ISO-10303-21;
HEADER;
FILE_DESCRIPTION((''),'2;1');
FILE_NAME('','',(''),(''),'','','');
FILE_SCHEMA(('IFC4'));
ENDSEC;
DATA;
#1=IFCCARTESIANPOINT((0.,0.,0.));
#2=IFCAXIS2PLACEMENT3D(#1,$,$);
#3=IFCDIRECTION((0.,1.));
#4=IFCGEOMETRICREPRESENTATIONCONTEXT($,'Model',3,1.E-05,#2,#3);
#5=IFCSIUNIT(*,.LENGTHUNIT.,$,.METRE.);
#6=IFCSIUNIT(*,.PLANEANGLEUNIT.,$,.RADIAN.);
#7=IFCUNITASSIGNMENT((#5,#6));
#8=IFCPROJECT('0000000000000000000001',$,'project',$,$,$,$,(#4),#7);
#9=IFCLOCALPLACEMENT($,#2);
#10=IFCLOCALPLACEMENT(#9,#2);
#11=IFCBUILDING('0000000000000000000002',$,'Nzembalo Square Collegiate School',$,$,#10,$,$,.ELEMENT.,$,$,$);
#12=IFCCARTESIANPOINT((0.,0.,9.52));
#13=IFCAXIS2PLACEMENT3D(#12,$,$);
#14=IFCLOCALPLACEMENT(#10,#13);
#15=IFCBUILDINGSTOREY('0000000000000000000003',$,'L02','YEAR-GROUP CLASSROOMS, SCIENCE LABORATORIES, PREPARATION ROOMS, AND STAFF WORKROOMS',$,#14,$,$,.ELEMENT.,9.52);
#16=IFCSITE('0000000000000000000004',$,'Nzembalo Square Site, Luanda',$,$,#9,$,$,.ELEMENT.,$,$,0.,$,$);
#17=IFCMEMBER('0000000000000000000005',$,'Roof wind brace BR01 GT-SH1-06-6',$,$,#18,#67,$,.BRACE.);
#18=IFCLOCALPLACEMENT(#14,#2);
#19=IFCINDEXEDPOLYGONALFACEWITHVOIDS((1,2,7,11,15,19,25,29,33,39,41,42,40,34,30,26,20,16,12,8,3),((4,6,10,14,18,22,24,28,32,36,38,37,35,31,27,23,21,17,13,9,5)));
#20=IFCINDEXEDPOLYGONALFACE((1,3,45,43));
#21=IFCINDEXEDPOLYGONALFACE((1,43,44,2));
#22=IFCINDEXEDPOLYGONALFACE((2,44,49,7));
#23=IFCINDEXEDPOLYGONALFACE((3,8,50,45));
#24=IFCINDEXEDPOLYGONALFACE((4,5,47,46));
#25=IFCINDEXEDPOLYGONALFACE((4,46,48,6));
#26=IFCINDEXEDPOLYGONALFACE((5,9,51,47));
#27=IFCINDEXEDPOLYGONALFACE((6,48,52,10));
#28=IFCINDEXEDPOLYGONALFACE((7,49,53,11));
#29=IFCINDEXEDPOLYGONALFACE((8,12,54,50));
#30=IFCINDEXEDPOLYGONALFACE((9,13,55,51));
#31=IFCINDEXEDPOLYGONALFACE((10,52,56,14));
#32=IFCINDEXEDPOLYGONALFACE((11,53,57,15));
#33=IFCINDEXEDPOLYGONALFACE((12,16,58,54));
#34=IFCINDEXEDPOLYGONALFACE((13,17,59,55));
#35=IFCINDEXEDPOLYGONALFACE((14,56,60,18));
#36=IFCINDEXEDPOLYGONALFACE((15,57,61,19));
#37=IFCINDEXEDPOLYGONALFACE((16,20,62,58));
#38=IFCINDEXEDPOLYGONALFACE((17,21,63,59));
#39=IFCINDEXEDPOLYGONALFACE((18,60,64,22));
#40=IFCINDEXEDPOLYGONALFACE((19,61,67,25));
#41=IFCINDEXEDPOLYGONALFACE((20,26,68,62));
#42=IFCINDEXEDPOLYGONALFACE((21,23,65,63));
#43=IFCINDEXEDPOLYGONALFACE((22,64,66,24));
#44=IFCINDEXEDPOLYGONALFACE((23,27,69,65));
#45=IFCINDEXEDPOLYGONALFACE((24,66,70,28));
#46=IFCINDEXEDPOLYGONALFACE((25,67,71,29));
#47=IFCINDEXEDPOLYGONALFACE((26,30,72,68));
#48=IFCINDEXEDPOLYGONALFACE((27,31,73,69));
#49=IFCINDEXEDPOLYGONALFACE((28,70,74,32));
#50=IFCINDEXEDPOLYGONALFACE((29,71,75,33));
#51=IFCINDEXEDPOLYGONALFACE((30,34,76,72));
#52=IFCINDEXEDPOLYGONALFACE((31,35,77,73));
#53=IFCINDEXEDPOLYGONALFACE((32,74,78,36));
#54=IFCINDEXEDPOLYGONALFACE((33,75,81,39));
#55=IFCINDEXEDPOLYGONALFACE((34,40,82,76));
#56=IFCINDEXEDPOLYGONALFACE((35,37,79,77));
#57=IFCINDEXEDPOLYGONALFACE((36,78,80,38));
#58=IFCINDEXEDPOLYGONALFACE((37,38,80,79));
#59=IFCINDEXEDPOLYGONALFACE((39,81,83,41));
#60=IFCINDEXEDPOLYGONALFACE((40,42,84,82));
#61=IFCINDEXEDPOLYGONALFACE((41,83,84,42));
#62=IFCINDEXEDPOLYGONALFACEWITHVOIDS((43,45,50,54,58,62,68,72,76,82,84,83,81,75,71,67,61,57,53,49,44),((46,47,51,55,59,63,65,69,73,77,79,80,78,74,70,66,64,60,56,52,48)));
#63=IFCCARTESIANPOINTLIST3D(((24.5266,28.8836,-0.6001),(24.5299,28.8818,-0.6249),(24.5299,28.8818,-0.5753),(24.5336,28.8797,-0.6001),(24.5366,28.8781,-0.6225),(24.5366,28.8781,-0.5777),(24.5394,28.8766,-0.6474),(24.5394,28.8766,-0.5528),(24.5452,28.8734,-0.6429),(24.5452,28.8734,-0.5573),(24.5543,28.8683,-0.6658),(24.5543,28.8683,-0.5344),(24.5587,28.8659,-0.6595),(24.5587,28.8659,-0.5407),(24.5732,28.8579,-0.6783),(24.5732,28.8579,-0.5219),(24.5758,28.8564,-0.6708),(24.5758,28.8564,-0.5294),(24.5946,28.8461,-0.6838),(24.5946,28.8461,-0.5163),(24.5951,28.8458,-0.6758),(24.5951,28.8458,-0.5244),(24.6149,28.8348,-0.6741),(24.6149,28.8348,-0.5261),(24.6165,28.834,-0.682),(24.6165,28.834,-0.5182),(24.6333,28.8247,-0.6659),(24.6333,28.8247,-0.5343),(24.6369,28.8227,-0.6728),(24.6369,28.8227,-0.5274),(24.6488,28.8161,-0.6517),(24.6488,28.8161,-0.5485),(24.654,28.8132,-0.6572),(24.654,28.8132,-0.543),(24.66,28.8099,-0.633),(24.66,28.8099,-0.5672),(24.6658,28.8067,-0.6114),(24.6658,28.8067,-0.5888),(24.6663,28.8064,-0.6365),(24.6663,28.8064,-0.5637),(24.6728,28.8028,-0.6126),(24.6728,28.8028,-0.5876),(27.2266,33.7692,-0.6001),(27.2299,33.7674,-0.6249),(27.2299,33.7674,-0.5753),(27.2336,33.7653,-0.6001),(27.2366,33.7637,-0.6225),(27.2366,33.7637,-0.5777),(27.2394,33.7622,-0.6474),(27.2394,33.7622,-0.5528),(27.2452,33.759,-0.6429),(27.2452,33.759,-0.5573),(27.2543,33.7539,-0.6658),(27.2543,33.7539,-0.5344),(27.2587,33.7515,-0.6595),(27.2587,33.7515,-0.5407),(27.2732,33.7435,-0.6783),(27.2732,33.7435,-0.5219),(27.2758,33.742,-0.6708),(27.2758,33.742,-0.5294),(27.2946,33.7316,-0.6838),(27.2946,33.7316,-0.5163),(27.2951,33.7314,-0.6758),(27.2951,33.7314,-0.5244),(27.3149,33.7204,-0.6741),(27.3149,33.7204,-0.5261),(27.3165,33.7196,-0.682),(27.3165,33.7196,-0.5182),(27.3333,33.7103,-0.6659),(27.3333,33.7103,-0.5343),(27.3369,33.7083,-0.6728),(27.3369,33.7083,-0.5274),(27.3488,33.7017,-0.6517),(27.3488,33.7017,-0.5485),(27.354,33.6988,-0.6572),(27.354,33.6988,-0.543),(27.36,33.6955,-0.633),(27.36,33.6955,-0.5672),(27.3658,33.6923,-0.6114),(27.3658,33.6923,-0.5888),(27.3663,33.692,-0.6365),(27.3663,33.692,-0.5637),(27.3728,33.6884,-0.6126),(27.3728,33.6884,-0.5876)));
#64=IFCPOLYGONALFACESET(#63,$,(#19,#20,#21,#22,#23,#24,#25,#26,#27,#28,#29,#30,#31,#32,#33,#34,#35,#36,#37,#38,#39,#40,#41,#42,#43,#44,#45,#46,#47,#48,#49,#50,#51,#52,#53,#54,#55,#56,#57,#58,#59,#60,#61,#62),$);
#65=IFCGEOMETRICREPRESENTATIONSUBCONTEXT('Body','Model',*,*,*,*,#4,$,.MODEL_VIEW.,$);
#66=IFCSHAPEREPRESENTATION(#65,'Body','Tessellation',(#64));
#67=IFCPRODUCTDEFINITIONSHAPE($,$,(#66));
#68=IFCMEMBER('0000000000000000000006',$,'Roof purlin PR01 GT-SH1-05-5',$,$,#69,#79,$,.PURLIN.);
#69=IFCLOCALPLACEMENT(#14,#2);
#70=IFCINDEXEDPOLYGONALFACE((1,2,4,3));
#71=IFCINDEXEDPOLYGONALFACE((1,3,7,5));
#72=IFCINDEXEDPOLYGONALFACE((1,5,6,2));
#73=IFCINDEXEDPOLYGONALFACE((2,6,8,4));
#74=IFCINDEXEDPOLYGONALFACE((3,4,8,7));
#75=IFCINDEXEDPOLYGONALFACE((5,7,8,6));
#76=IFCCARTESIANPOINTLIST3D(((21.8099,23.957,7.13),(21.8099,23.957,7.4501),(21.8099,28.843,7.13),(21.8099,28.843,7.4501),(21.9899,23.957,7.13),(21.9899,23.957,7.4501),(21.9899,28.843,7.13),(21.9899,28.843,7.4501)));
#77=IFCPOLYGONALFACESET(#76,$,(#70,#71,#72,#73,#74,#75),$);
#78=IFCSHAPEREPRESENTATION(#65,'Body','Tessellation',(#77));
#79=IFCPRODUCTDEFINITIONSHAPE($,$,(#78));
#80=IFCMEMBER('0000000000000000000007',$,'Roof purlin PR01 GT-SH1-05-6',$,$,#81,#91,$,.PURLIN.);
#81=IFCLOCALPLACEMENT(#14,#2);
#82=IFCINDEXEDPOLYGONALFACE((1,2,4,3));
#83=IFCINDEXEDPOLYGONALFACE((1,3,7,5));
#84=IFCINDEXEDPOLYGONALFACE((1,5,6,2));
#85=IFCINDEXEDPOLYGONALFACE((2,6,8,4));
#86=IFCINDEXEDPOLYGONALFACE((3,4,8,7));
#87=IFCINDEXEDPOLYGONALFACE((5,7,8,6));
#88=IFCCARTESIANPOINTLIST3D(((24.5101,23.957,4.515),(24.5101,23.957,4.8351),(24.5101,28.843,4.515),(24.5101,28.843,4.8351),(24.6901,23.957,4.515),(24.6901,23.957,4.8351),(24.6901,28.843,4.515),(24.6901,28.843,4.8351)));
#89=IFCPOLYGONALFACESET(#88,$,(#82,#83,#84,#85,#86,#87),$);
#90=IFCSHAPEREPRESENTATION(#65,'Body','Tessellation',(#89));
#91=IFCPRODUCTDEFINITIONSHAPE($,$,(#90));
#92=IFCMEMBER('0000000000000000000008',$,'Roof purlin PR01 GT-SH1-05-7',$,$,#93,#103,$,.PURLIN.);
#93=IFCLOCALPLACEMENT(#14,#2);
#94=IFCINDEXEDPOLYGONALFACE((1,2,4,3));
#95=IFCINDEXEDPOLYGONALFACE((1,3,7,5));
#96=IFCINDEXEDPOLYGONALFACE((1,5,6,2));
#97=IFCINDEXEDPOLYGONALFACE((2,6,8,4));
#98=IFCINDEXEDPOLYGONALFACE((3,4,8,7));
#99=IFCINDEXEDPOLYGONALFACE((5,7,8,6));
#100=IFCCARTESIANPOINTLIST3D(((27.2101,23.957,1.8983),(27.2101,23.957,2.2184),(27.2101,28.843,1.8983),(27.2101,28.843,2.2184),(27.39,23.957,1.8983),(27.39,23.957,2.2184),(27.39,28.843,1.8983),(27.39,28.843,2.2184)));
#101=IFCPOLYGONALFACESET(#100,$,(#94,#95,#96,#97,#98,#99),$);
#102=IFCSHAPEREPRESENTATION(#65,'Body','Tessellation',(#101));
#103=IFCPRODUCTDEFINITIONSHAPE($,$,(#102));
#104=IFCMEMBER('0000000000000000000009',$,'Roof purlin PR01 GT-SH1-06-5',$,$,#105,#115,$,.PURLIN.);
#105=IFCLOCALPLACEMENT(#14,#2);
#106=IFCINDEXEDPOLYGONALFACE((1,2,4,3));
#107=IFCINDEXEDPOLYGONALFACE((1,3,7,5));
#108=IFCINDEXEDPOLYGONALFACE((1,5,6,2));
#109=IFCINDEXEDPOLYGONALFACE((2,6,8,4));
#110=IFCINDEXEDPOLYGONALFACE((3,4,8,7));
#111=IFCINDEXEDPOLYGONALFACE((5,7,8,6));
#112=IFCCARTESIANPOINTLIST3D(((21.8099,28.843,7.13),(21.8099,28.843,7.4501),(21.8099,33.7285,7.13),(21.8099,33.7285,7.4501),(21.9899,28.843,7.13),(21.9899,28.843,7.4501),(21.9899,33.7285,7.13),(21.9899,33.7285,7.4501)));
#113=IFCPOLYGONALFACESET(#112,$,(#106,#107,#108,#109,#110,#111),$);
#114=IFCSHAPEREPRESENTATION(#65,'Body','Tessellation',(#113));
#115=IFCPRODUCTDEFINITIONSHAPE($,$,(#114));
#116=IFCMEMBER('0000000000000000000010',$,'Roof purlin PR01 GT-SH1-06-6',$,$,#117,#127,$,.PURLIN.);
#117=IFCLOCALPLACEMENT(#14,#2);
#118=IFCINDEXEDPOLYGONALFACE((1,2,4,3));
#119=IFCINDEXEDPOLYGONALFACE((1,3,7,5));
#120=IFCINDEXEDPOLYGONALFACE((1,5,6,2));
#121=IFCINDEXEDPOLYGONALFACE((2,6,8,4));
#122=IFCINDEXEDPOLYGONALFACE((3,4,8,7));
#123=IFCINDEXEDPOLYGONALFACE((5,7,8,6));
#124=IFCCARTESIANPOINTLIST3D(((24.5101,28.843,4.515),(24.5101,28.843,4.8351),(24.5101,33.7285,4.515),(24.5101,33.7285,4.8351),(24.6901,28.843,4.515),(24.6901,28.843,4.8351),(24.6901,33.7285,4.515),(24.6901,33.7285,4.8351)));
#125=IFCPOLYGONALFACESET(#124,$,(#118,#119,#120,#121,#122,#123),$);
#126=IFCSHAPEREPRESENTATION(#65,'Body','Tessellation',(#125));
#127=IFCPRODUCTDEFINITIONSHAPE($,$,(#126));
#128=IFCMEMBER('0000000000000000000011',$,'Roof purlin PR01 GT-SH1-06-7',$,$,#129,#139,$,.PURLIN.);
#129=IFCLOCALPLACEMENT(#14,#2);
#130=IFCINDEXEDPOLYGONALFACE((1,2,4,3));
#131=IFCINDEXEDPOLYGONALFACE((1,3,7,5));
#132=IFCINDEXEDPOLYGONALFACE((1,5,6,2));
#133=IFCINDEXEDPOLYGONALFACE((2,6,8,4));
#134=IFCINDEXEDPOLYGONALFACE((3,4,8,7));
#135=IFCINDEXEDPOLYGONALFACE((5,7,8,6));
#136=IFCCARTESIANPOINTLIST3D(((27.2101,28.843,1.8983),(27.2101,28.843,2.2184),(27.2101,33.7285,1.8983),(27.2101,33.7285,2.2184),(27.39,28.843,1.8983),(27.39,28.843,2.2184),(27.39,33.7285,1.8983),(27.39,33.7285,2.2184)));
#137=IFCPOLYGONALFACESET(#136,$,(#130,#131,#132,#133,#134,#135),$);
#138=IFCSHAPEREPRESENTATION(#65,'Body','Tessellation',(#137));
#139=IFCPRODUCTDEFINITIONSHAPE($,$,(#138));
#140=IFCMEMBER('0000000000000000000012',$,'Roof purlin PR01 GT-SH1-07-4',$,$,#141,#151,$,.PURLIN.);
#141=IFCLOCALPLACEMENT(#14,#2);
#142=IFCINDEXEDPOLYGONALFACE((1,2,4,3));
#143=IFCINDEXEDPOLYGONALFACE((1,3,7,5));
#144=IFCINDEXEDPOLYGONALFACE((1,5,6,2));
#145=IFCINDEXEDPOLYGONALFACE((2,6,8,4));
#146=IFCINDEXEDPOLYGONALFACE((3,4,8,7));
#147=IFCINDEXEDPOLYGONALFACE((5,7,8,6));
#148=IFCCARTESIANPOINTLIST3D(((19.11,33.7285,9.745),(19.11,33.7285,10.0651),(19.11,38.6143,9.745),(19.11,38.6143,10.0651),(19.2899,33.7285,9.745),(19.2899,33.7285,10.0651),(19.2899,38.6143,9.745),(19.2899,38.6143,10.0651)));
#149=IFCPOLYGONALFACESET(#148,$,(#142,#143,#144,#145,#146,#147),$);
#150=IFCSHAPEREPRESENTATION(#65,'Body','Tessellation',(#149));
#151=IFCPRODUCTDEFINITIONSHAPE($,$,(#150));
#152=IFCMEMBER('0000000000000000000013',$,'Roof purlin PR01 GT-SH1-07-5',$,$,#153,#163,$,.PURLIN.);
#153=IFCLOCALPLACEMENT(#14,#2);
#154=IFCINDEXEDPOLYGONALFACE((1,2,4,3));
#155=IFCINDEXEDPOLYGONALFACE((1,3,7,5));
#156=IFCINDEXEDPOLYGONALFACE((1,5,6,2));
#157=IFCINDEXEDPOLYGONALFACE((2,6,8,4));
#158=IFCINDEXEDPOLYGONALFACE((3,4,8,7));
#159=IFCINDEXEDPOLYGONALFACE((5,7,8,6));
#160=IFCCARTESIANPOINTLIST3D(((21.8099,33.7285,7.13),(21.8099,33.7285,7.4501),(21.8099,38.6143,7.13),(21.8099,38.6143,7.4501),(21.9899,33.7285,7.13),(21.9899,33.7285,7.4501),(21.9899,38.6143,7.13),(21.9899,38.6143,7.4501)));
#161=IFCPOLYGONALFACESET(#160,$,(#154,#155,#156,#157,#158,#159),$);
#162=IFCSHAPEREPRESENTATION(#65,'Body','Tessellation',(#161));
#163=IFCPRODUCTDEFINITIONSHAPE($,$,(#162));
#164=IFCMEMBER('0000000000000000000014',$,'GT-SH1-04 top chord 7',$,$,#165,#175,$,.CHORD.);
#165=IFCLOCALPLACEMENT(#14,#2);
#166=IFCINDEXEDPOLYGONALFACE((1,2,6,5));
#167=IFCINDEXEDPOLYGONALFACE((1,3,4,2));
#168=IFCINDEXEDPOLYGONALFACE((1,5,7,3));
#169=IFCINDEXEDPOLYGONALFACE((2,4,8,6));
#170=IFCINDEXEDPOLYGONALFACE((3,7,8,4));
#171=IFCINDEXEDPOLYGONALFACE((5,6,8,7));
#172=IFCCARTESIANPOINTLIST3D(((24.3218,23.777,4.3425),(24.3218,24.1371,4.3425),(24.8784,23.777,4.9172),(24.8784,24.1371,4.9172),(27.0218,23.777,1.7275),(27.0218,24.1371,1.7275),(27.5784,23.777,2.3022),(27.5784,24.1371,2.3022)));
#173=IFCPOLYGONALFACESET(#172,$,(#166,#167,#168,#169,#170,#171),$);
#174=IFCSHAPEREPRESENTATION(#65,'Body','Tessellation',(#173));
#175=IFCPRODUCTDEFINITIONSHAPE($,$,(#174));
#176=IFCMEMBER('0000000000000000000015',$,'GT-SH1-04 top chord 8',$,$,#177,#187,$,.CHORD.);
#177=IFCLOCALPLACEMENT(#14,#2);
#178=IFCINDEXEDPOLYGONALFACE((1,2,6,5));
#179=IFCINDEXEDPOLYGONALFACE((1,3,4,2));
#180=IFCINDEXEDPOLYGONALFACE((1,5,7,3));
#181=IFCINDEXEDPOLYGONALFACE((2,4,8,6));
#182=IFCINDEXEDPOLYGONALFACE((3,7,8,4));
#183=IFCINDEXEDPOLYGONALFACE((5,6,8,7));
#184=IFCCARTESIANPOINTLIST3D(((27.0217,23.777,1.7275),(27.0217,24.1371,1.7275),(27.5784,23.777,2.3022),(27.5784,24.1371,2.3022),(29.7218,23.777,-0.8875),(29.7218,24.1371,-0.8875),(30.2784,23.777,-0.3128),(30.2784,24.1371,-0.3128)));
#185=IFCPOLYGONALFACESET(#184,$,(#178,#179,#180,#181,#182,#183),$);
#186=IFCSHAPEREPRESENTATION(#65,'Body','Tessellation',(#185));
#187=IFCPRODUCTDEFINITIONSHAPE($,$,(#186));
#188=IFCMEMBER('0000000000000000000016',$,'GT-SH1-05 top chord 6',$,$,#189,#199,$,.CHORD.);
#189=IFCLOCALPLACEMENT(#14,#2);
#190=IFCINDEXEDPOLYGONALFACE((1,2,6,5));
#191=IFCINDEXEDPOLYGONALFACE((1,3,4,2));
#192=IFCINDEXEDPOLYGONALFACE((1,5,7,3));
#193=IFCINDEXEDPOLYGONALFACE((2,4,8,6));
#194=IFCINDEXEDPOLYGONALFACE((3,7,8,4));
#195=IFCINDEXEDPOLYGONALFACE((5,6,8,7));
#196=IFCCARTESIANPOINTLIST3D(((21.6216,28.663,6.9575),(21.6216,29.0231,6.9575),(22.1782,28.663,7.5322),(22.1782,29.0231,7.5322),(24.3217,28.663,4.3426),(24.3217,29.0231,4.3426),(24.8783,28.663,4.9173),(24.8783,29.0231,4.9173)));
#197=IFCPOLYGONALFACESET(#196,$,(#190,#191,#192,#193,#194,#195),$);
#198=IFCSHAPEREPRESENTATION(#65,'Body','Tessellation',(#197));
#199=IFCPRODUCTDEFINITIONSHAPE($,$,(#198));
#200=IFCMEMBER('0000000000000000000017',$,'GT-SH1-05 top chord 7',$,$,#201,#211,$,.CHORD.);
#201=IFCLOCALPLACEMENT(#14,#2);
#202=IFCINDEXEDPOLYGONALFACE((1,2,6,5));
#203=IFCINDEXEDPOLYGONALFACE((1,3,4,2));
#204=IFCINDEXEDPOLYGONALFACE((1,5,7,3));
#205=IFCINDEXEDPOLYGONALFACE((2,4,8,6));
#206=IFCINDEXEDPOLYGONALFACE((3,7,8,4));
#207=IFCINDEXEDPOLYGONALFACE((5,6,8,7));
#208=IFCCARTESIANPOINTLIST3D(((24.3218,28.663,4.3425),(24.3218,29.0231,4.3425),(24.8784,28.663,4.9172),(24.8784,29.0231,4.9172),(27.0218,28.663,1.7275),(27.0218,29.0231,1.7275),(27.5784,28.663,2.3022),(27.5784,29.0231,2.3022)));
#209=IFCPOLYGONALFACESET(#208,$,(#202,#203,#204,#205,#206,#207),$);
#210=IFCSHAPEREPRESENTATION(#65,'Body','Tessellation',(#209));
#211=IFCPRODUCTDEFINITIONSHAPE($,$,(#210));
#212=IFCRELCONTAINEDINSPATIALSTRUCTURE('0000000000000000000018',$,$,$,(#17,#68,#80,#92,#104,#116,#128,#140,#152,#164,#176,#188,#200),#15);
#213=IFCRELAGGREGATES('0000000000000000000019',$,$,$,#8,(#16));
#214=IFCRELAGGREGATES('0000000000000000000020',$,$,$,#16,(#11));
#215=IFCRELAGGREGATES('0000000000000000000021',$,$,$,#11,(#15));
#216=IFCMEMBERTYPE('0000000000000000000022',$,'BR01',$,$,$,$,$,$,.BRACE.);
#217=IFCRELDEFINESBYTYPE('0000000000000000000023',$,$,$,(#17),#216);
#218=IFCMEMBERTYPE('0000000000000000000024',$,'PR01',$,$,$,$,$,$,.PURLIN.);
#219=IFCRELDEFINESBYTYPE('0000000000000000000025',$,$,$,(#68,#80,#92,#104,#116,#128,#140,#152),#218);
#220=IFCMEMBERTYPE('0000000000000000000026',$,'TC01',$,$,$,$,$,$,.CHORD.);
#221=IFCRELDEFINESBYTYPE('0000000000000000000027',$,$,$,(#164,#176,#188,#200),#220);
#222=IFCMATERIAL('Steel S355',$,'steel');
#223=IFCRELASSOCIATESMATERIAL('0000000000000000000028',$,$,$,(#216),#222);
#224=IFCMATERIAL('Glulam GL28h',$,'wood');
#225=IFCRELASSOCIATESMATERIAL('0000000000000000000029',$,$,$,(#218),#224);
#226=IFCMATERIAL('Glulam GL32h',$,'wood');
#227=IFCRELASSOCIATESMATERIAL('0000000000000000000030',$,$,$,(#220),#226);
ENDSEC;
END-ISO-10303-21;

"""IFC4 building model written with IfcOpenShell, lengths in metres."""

from ifc_helpers import new_model, si_unit, direction, frame, origin, origin_2d, place, context, subcontext, project, spatial, rectangle, hollow_circle, extrude, material, material_profile, profile_set, type_object, element, save


model = new_model("IFC4")

# Units and contexts
model_context = context("Model", 3, precision=1e-05, world=origin(), true_north=direction((0.0, 1.0)))
body_context = subcontext(model_context, "Body", "Model", "MODEL_VIEW")
ifc_project = project(units=[si_unit("LENGTHUNIT", "METRE"), si_unit("PLANEANGLEUNIT", "RADIAN")], contexts=[model_context])

# Site, building, storey
site_placement = place(None, origin())
site = spatial("IfcSite", under=ifc_project, at=site_placement, Name="Nzembalo Square Site, Luanda", CompositionType="ELEMENT", RefElevation=0.0)
building_placement = place(site_placement, origin())
building = spatial("IfcBuilding", under=site, at=building_placement, Name="Nzembalo Square Collegiate School", CompositionType="ELEMENT")
storey_placement = place(building_placement, frame((0.0, 0.0, 9.52)))
storey = spatial("IfcBuildingStorey", under=building, at=storey_placement, Name="L02", Description="YEAR-GROUP CLASSROOMS, SCIENCE LABORATORIES, PREPARATION ROOMS, AND STAFF WORKROOMS", CompositionType="ELEMENT", Elevation=9.52)

# Members
ifc_material_1 = material(Name="Steel S355", Category="steel")
ifc_material_profile_1 = material_profile(ifc_material_1, hollow_circle(Radius=0.084, WallThickness=0.0081, at=origin_2d()), Name="CHS 168x8")
ifc_profile_set_1 = profile_set([ifc_material_profile_1], Name="Steel S355")
member_type_1 = type_object("IfcMemberType", Name="BR01", PredefinedType="BRACE", material=ifc_profile_set_1)
member_1_placement = place(storey_placement, frame((24.6001, 28.843, -0.6001), z_axis=(0.483696, 0.875236, 0.0), x_axis=(-0.875236, 0.483696, 0.0)))
element("IfcMember", 1, at=member_1_placement, inside=storey, type_object=member_type_1, Name="Roof wind brace BR01 GT-SH1-06-6", PredefinedType="BRACE", context=body_context, shape_type="SweptSolid", body=[
    extrude(hollow_circle(Radius=0.084, WallThickness=0.0081, at=origin_2d()), origin(), (0.0, 0.0, 1.0), 5.582),
])
ifc_material_2 = material(Name="Glulam GL28h", Category="wood")
ifc_material_profile_2 = material_profile(ifc_material_2, rectangle(XDim=0.1799, YDim=0.3201, at=origin_2d()), Name="GL28h 180x320")
ifc_profile_set_2 = profile_set([ifc_material_profile_2], Name="Glulam GL28h")
member_type_2 = type_object("IfcMemberType", Name="PR01", PredefinedType="PURLIN", material=ifc_profile_set_2)
for number, where, z_axis, x_axis, name in (
    (2, (21.8999, 23.957, 7.29), (0.0, 1.0, 0.0), (-1.0, 0.0, 0.0), "Roof purlin PR01 GT-SH1-05-5"),
    (3, (24.6001, 23.957, 4.675), (0.0, 1.0, 0.0), (-1.0, 0.0, 0.0), "Roof purlin PR01 GT-SH1-05-6"),
    (4, (27.3, 23.957, 2.0583), (0.0, 1.0, 0.0), (-1.0, 0.0, 0.0), "Roof purlin PR01 GT-SH1-05-7"),
):
    element("IfcMember", number, at=place(storey_placement, frame(where, z_axis=z_axis, x_axis=x_axis)), inside=storey, type_object=member_type_2, Name=name, PredefinedType="PURLIN", context=body_context, shape_type="SweptSolid", body=[
        extrude(rectangle(XDim=0.1799, YDim=0.3201, at=origin_2d()), origin(), (0.0, 0.0, 1.0), 4.886),
    ])
for number, where, z_axis, x_axis, name in (
    (5, (21.8999, 28.843, 7.29), (0.0, 1.0, 0.0), (-1.0, 0.0, 0.0), "Roof purlin PR01 GT-SH1-06-5"),
    (6, (24.6001, 28.843, 4.675), (0.0, 1.0, 0.0), (-1.0, 0.0, 0.0), "Roof purlin PR01 GT-SH1-06-6"),
    (7, (27.3, 28.843, 2.0583), (0.0, 1.0, 0.0), (-1.0, 0.0, 0.0), "Roof purlin PR01 GT-SH1-06-7"),
):
    element("IfcMember", number, at=place(storey_placement, frame(where, z_axis=z_axis, x_axis=x_axis)), inside=storey, type_object=member_type_2, Name=name, PredefinedType="PURLIN", context=body_context, shape_type="SweptSolid", body=[
        extrude(rectangle(XDim=0.1799, YDim=0.3201, at=origin_2d()), origin(), (0.0, 0.0, 1.0), 4.8855),
    ])
for number, where, z_axis, x_axis, name in (
    (8, (19.2, 33.7285, 9.905), (0.0, 1.0, 0.0), (-1.0, 0.0, 0.0), "Roof purlin PR01 GT-SH1-07-4"),
    (9, (21.8999, 33.7285, 7.29), (0.0, 1.0, 0.0), (-1.0, 0.0, 0.0), "Roof purlin PR01 GT-SH1-07-5"),
):
    element("IfcMember", number, at=place(storey_placement, frame(where, z_axis=z_axis, x_axis=x_axis)), inside=storey, type_object=member_type_2, Name=name, PredefinedType="PURLIN", context=body_context, shape_type="SweptSolid", body=[
        extrude(rectangle(XDim=0.1799, YDim=0.3201, at=origin_2d()), origin(), (0.0, 0.0, 1.0), 4.8857),
    ])
ifc_material_3 = material(Name="Glulam GL32h", Category="wood")
ifc_material_profile_3 = material_profile(ifc_material_3, rectangle(XDim=0.3601, YDim=0.8, at=origin_2d()), Name="GL32h 360x800")
ifc_profile_set_3 = profile_set([ifc_material_profile_3], Name="Glulam GL32h")
member_type_3 = type_object("IfcMemberType", Name="TC01", PredefinedType="CHORD", material=ifc_profile_set_3)
for number, where, z_axis, x_axis, name in (
    (10, (24.6001, 23.957, 4.6299), (0.718318, 0.0, -0.695715), (0.0, 1.0, 0.0), "GT-SH1-04 top chord 7"),
    (11, (27.3, 23.957, 2.0149), (0.718318, 0.0, -0.695715), (0.0, 1.0, 0.0), "GT-SH1-04 top chord 8"),
    (12, (21.8999, 28.843, 7.2449), (0.71835, 0.0, -0.695682), (0.0, 1.0, 0.0), "GT-SH1-05 top chord 6"),
    (13, (24.6001, 28.843, 4.6299), (0.718318, 0.0, -0.695715), (0.0, 1.0, 0.0), "GT-SH1-05 top chord 7"),
):
    element("IfcMember", number, at=place(storey_placement, frame(where, z_axis=z_axis, x_axis=x_axis)), inside=storey, type_object=member_type_3, Name=name, PredefinedType="CHORD", context=body_context, shape_type="SweptSolid", body=[
        extrude(rectangle(XDim=0.3601, YDim=0.8, at=origin_2d()), origin(), (0.0, 0.0, 1.0), 3.7588),
    ])

save(model, "model.ifc")
